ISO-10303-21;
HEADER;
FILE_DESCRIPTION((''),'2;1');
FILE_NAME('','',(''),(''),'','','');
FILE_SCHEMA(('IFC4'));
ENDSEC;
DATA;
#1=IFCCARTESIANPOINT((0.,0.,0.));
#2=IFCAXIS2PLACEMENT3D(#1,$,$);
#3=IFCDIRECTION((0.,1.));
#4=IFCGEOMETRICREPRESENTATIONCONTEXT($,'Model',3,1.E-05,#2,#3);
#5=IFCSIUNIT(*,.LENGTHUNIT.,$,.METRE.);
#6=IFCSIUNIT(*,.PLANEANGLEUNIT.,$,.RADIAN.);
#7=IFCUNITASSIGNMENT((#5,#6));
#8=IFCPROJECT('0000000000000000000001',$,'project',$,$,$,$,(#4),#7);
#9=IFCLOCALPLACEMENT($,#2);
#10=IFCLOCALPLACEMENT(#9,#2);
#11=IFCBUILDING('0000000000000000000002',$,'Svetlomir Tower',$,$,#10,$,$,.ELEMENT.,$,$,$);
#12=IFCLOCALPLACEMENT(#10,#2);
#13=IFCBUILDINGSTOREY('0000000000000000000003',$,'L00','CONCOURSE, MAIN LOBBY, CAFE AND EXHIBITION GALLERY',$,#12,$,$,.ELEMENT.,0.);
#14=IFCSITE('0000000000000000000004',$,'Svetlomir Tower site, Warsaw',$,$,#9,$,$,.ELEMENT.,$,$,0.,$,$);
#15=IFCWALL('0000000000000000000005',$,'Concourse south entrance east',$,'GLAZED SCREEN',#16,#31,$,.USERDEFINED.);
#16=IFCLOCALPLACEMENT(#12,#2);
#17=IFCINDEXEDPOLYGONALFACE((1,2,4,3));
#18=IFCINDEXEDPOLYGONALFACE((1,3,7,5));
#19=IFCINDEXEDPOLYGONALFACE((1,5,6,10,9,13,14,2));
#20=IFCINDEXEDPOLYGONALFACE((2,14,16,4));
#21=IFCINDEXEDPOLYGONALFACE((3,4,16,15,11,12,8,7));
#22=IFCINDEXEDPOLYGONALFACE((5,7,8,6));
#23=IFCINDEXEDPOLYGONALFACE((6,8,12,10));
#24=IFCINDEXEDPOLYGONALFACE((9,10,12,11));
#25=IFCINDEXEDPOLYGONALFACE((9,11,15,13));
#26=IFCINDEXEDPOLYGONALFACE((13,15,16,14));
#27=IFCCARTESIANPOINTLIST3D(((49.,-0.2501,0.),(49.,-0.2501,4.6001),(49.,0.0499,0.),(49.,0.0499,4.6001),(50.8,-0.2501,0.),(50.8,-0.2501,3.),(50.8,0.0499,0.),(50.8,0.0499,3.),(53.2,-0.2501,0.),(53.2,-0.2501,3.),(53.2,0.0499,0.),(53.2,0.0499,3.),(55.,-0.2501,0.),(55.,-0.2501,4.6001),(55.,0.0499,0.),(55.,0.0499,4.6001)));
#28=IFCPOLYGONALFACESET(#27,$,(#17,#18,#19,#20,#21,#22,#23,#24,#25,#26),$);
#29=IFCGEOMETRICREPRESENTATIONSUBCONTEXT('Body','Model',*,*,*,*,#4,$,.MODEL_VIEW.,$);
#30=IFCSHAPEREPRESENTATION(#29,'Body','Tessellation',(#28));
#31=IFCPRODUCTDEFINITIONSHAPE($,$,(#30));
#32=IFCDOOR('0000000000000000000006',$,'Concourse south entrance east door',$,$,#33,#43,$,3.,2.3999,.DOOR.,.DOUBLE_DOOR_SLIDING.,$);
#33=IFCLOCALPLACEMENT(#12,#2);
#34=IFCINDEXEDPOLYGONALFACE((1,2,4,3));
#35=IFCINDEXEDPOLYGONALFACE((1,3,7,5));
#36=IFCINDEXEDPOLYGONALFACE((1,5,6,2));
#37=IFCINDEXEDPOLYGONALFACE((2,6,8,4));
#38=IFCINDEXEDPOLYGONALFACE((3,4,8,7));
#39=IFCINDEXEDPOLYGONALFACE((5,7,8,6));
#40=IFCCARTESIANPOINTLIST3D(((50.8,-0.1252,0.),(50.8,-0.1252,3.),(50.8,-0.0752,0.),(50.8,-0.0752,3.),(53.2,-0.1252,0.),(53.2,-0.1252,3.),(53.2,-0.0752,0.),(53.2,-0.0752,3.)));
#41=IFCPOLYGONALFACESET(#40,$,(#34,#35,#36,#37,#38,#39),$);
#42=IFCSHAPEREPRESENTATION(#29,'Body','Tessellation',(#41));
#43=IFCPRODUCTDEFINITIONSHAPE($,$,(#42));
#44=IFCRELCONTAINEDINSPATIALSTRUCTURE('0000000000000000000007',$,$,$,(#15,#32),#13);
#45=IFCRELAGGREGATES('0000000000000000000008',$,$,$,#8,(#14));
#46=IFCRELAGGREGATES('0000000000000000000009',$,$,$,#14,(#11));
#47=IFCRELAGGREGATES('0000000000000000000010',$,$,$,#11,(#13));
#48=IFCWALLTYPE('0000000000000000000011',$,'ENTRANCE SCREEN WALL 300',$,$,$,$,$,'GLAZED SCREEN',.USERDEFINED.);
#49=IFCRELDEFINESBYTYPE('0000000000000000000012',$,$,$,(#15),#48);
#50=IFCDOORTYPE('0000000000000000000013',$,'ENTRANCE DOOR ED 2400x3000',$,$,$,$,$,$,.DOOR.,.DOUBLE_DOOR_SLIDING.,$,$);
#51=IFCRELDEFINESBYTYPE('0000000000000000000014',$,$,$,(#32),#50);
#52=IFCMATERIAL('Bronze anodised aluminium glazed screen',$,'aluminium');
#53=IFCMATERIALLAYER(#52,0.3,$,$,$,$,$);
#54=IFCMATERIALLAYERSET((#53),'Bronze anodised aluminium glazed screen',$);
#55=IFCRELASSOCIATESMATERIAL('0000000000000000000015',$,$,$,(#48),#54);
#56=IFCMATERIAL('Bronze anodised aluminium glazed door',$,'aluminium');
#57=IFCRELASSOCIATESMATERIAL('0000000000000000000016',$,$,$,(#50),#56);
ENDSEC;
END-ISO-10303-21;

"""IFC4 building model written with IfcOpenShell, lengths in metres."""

from ifc_helpers import new_model, si_unit, direction, frame, frame_2d, origin, place, context, subcontext, project, spatial, rectangle, extrude, material, layer, layer_set, type_object, element, fill, save


model = new_model("IFC4")

# Units and contexts
model_context = context("Model", 3, precision=1e-05, world=origin(), true_north=direction((0.0, 1.0)))
body_context = subcontext(model_context, "Body", "Model", "MODEL_VIEW")
ifc_project = project(units=[si_unit("LENGTHUNIT", "METRE"), si_unit("PLANEANGLEUNIT", "RADIAN")], contexts=[model_context])

# Site, building, storey
site_placement = place(None, origin())
site = spatial("IfcSite", under=ifc_project, at=site_placement, Name="Svetlomir Tower site, Warsaw", CompositionType="ELEMENT", RefElevation=0.0)
building_placement = place(site_placement, origin())
building = spatial("IfcBuilding", under=site, at=building_placement, Name="Svetlomir Tower", CompositionType="ELEMENT")
storey_placement = place(building_placement, origin())
storey = spatial("IfcBuildingStorey", under=building, at=storey_placement, Name="L00", Description="CONCOURSE, MAIN LOBBY, CAFE AND EXHIBITION GALLERY", CompositionType="ELEMENT", Elevation=0.0)

# Wall, opening, door
ifc_material_1 = material(Name="Bronze anodised aluminium glazed screen", Category="aluminium")
ifc_layer_1 = layer(ifc_material_1, 0.3)
ifc_layer_set_1 = layer_set([ifc_layer_1], Name="Bronze anodised aluminium glazed screen")
wall_type = type_object("IfcWallType", Name="ENTRANCE SCREEN WALL 300", ElementType="GLAZED SCREEN", PredefinedType="USERDEFINED", material=ifc_layer_set_1)
wall_placement = place(storey_placement, frame((49.0, -0.1001, 0.0), z_axis=(0.0, 0.0, 1.0), x_axis=(1.0, 0.0, 0.0)))
wall = element("IfcWall", 1, at=wall_placement, inside=storey, type_object=wall_type, Name="Concourse south entrance east", ObjectType="GLAZED SCREEN", PredefinedType="USERDEFINED", context=body_context, shape_type="SweptSolid", body=[
    extrude(rectangle(XDim=6.0, YDim=0.3, at=frame_2d((3.0, 0.0))), origin(), (0.0, 0.0, 1.0), 4.6001),
])
opening_placement = place(wall_placement, frame((1.8, 0.0, 0.0)))
opening = element("IfcOpeningElement", 2, at=opening_placement, cuts=wall, PredefinedType="OPENING", context=body_context, shape_type="SweptSolid", body=[
    extrude(rectangle(XDim=2.3999, YDim=3.0, at=frame_2d((1.2, 1.5))), frame((0.0, 0.1602, 0.0), z_axis=(0.0, -1.0, 0.0), x_axis=(1.0, 0.0, 0.0)), (0.0, 0.0, 1.0), 0.3201),
])
ifc_material_2 = material(Name="Bronze anodised aluminium glazed door", Category="aluminium")
door_type = type_object("IfcDoorType", Name="ENTRANCE DOOR ED 2400x3000", OperationType="DOUBLE_DOOR_SLIDING", PredefinedType="DOOR", material=ifc_material_2)
door_placement = place(opening_placement, origin())
door = element("IfcDoor", 3, at=door_placement, inside=storey, type_object=door_type, Name="Concourse south entrance east door", OperationType="DOUBLE_DOOR_SLIDING", OverallHeight=3.0, OverallWidth=2.3999, PredefinedType="DOOR", context=body_context, shape_type="SweptSolid", body=[
    extrude(rectangle(XDim=2.3999, YDim=3.0, at=frame_2d((1.2, 1.5))), frame((0.0, 0.0249, 0.0), z_axis=(0.0, -1.0, 0.0), x_axis=(1.0, 0.0, 0.0)), (0.0, 0.0, 1.0), 0.05),
])
fill(opening, door)

save(model, "model.ifc")
